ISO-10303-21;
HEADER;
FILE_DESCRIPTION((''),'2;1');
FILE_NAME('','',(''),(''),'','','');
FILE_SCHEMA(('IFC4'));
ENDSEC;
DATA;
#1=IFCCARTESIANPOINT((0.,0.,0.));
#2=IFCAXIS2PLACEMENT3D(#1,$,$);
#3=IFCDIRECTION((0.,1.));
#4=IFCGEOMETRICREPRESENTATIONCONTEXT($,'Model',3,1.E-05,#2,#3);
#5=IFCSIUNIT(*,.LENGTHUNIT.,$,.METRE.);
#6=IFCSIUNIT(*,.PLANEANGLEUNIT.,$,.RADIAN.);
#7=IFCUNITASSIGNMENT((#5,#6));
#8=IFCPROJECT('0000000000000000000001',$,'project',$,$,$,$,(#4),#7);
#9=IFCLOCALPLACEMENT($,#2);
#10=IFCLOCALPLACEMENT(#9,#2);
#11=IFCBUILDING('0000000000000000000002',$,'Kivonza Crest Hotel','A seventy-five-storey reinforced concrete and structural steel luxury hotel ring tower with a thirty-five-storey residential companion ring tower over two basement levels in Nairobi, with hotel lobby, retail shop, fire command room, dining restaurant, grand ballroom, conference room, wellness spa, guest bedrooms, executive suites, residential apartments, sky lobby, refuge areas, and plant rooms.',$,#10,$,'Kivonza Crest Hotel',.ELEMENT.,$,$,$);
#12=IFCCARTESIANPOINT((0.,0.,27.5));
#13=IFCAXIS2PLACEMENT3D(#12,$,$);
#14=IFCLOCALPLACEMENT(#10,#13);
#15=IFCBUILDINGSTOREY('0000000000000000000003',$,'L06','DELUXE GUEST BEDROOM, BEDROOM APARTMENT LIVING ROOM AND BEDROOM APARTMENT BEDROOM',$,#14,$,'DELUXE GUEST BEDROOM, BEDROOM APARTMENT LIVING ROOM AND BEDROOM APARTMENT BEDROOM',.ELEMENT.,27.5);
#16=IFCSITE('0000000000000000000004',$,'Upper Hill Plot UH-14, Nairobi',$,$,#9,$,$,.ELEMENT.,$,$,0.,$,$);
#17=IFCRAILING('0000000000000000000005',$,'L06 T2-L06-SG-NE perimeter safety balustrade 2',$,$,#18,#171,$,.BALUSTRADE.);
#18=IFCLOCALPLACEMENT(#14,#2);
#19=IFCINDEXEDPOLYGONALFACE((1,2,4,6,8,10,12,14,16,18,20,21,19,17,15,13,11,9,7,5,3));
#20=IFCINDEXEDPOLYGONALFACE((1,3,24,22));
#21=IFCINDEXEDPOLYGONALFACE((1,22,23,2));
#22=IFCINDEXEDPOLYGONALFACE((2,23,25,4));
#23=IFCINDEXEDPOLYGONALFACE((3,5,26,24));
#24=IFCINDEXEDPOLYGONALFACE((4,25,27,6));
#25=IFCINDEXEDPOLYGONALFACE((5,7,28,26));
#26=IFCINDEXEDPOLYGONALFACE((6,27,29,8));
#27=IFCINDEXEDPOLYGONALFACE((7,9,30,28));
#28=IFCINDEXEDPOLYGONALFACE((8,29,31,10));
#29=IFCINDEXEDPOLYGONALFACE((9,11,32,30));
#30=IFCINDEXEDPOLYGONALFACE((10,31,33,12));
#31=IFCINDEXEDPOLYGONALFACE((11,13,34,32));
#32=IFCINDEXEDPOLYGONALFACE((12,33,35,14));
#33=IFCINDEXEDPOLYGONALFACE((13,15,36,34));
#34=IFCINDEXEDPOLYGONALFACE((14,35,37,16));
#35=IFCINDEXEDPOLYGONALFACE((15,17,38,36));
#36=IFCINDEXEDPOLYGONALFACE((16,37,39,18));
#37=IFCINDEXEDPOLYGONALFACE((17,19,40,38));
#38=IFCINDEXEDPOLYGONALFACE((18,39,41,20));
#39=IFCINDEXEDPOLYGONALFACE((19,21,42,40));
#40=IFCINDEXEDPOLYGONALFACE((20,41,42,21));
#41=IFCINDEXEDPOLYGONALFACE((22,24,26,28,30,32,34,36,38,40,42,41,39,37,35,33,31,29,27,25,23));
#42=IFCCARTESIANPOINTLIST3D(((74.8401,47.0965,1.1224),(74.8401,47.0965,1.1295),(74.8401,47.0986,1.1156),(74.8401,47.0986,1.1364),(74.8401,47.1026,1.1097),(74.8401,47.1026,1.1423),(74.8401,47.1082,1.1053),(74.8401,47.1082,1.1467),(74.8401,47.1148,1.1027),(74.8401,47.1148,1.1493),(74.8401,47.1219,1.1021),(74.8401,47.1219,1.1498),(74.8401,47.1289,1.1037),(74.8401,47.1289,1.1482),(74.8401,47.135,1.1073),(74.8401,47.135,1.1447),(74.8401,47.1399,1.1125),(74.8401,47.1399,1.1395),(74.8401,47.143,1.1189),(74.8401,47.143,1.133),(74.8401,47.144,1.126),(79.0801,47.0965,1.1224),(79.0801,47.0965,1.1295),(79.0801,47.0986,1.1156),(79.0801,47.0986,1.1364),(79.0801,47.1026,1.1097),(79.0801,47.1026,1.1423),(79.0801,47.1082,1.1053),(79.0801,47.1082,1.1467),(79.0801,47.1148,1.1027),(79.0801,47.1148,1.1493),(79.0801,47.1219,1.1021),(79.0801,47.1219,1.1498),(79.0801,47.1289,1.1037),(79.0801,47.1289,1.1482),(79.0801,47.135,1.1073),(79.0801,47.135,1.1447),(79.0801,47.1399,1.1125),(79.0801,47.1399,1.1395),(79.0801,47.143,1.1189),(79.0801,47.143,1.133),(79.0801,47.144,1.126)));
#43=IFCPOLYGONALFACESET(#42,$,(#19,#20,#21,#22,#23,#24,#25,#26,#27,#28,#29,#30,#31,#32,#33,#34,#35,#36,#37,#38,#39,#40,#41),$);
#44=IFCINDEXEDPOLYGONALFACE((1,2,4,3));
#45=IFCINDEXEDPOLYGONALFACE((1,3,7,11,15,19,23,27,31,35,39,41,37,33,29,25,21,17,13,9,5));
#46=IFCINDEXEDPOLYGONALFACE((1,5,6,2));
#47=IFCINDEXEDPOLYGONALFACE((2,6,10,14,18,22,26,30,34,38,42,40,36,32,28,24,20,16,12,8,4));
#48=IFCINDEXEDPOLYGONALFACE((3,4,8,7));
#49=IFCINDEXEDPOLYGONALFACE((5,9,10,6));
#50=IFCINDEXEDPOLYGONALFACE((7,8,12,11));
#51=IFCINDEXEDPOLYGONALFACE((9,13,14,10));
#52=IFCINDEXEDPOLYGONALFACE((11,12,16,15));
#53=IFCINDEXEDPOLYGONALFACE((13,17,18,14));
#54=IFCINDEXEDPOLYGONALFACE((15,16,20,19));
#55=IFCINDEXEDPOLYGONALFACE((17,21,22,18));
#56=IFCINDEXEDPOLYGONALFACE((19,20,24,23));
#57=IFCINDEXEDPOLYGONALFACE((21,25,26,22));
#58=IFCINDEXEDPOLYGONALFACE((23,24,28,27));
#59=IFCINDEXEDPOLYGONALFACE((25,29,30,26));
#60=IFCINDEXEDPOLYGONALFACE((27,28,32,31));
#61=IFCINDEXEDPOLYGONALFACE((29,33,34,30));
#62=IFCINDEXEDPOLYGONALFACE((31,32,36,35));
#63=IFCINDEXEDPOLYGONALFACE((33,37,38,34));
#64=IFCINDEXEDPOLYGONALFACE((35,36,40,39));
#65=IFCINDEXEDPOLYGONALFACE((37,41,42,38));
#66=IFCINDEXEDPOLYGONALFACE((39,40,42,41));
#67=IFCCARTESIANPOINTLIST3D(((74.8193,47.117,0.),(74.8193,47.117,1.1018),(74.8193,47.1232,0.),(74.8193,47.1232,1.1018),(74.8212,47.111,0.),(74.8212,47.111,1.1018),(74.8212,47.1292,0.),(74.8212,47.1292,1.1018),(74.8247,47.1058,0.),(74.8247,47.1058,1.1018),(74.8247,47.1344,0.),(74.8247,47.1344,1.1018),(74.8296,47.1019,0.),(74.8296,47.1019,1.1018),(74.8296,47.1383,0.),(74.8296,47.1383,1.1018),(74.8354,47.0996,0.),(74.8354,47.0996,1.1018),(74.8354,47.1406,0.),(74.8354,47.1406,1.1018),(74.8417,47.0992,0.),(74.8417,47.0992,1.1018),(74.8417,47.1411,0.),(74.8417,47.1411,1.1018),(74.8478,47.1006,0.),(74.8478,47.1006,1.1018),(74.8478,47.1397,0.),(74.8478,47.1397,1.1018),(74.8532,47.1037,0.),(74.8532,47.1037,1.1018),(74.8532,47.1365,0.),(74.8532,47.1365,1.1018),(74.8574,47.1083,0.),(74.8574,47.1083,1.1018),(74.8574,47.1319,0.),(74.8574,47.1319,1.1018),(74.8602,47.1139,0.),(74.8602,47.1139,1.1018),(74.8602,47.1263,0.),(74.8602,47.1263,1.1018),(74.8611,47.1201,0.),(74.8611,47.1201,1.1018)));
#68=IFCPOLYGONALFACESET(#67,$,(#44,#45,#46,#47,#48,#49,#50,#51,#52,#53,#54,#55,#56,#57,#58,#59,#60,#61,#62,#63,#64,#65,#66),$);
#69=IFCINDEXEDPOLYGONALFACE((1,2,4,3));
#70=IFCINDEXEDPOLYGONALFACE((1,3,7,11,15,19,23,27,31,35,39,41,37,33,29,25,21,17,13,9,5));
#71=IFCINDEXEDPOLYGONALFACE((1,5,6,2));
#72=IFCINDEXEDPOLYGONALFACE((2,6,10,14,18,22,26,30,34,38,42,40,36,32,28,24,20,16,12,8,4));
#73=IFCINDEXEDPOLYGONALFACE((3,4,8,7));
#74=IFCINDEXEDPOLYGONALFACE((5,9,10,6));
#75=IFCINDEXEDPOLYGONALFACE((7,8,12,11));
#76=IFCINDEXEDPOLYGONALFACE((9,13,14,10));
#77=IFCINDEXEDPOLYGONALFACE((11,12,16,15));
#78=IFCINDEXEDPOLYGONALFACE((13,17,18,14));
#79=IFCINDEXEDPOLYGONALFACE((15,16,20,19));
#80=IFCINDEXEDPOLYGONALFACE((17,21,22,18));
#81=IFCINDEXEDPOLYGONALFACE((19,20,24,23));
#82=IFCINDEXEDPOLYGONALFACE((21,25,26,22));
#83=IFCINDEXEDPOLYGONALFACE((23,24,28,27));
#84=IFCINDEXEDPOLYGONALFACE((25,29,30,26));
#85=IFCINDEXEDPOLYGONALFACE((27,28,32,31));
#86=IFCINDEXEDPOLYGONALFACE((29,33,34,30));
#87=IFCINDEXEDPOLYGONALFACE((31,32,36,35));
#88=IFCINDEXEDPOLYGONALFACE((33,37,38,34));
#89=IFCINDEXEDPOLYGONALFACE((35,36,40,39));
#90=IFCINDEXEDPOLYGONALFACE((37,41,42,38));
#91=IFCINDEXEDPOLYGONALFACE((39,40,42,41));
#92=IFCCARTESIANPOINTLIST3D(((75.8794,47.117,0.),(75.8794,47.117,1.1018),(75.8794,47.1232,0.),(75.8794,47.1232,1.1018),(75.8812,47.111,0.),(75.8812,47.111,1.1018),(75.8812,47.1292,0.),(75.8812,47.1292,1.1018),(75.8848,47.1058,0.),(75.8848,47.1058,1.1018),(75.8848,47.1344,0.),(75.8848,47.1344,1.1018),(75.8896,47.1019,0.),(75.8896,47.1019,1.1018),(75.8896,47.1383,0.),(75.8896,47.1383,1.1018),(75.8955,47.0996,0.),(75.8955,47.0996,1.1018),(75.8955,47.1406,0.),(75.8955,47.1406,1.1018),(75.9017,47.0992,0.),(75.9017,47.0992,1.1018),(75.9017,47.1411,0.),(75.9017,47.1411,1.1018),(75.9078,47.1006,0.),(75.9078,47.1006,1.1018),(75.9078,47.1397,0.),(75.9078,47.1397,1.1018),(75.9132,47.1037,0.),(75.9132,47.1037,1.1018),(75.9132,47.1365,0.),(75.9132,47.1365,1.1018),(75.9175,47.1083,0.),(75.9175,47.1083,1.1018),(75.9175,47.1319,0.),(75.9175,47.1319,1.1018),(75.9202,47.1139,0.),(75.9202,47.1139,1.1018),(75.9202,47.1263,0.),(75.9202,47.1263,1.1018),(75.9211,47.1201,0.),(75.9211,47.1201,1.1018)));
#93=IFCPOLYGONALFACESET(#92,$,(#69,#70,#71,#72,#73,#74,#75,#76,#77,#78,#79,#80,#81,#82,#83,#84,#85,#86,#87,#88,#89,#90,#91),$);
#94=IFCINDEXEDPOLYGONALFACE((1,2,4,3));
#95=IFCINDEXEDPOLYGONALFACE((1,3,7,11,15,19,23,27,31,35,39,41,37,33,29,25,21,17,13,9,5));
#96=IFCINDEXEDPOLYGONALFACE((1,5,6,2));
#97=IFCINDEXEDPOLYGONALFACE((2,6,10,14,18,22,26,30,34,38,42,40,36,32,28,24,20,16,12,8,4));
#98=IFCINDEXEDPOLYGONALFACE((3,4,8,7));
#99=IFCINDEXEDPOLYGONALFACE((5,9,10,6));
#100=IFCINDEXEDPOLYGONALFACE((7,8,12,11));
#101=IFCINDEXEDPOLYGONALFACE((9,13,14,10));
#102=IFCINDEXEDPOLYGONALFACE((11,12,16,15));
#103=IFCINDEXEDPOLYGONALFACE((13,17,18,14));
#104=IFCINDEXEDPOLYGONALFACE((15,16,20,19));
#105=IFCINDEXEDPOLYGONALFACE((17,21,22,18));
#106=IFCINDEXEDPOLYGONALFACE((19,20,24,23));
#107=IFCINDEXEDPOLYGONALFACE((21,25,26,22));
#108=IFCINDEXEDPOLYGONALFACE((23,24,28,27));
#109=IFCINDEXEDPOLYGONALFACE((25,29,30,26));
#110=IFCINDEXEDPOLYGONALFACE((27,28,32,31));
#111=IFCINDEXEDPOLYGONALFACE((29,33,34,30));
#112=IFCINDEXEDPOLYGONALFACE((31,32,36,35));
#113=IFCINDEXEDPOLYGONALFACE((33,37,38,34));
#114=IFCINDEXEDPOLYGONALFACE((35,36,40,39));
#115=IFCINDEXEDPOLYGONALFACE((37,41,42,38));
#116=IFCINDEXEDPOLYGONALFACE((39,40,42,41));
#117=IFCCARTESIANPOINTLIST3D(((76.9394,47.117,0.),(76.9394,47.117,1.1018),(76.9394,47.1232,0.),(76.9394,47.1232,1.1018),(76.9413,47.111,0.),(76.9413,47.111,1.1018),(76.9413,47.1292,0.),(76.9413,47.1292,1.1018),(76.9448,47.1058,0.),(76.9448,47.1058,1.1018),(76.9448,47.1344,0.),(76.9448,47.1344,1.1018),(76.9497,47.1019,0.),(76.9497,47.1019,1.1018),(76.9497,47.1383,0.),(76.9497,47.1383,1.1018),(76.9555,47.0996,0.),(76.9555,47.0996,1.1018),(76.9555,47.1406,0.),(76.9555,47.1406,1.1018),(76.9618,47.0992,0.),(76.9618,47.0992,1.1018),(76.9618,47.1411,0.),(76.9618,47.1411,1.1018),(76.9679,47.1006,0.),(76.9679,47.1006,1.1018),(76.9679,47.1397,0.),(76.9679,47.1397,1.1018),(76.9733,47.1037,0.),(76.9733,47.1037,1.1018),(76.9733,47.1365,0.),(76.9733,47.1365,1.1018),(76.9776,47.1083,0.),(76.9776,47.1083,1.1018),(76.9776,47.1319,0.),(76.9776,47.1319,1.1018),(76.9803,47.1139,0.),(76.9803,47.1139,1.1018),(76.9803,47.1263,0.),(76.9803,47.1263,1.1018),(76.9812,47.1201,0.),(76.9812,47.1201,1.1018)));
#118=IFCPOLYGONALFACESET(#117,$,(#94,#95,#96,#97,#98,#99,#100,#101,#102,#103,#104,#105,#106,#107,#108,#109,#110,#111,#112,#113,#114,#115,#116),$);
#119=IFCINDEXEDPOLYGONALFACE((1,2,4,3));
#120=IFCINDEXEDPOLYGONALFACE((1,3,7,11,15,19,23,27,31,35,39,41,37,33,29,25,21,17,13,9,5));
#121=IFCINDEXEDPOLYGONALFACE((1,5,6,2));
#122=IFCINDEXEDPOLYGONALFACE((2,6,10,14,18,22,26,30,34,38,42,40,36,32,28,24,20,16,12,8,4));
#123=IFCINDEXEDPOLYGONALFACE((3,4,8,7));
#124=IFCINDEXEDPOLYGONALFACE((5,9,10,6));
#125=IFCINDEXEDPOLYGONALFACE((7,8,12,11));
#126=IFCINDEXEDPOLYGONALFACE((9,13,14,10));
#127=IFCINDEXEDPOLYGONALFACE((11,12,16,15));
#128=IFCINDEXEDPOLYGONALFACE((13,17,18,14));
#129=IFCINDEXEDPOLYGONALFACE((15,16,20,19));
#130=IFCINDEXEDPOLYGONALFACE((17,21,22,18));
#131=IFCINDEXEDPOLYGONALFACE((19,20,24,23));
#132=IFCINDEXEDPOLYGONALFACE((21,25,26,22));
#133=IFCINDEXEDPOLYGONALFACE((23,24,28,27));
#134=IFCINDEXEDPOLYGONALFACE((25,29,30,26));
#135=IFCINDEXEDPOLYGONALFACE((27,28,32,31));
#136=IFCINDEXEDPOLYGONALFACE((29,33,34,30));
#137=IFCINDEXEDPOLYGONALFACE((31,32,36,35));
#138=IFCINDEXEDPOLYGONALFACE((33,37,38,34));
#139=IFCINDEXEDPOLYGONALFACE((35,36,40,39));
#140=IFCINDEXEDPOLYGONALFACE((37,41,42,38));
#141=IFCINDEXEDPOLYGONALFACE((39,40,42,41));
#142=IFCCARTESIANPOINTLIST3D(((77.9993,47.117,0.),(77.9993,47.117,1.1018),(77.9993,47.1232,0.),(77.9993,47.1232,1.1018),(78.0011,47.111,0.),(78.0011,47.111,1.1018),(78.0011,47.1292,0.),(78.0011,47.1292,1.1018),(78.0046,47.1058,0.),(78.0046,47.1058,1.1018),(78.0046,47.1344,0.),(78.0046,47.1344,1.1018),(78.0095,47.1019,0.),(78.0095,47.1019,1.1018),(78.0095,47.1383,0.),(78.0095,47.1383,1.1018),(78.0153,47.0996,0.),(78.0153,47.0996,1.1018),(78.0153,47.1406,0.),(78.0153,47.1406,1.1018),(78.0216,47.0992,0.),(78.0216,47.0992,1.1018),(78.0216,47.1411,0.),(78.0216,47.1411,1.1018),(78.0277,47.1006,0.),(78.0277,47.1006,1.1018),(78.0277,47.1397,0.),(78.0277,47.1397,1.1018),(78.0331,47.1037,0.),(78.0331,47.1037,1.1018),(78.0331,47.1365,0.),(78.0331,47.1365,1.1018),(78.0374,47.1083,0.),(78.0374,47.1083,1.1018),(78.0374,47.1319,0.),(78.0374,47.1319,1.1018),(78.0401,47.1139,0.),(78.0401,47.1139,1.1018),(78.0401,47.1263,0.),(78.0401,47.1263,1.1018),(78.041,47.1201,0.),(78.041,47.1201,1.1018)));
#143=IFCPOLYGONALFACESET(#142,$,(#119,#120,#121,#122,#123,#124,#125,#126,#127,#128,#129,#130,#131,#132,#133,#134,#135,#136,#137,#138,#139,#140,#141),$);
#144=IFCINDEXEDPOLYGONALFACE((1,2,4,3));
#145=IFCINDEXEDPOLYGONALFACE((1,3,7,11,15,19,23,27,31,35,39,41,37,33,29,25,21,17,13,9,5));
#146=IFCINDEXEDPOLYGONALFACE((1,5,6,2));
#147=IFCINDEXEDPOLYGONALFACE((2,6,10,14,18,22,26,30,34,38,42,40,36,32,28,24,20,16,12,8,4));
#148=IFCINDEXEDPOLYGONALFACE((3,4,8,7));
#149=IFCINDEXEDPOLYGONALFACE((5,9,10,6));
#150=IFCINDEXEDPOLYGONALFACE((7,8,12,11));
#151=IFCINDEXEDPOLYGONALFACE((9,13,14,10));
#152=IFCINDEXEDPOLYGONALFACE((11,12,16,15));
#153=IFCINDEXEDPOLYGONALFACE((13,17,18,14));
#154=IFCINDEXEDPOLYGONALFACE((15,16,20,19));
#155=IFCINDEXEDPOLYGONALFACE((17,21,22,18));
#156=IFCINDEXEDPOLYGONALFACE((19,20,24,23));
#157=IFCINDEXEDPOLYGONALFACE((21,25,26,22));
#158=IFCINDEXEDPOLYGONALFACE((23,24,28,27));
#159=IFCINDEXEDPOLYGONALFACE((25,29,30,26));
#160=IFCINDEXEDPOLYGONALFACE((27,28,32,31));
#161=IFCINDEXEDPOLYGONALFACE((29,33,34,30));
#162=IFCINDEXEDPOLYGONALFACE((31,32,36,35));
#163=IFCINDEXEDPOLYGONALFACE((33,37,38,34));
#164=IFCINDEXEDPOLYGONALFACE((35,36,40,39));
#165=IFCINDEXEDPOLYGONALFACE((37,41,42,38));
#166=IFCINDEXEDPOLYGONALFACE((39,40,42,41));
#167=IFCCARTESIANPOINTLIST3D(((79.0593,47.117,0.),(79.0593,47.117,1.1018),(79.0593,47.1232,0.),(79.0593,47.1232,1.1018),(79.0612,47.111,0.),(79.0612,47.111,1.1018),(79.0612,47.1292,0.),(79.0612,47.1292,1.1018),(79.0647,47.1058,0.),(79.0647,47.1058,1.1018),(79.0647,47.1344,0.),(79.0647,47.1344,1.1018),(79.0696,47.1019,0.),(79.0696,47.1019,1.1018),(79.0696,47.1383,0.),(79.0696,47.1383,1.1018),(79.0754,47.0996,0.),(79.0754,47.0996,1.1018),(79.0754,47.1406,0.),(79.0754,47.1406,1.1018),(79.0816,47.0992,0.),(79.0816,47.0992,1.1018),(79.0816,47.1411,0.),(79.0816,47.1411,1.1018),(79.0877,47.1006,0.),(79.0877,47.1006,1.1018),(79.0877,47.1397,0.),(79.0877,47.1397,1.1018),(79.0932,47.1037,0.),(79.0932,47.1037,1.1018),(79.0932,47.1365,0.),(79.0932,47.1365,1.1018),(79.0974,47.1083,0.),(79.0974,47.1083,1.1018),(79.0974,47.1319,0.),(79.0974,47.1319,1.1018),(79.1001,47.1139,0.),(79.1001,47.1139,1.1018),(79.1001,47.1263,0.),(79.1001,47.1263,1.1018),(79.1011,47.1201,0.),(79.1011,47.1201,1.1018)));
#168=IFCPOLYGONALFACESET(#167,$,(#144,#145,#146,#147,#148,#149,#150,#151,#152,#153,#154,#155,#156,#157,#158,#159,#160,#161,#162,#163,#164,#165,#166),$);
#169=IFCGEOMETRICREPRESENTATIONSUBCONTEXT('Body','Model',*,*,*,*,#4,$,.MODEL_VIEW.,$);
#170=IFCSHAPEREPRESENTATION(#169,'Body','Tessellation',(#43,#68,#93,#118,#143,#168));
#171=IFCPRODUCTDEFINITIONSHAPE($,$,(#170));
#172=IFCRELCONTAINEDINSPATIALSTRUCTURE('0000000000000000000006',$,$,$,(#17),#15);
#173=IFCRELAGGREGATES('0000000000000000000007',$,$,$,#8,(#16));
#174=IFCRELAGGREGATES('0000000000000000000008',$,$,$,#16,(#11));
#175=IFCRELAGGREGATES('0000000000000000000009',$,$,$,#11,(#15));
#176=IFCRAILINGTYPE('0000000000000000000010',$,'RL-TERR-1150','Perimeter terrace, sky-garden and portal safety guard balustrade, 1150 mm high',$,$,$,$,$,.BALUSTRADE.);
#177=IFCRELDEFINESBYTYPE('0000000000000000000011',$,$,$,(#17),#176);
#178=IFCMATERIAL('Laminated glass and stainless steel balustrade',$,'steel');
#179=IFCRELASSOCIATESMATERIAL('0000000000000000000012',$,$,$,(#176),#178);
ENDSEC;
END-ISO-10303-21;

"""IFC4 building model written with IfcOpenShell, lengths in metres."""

from ifc_helpers import new_model, si_unit, direction, frame, origin, origin_2d, place, context, subcontext, project, spatial, circle, extrude, material, type_object, element, save


model = new_model("IFC4")

# Units and contexts
model_context = context("Model", 3, precision=1e-05, world=origin(), true_north=direction((0.0, 1.0)))
body_context = subcontext(model_context, "Body", "Model", "MODEL_VIEW")
ifc_project = project(units=[si_unit("LENGTHUNIT", "METRE"), si_unit("PLANEANGLEUNIT", "RADIAN")], contexts=[model_context])

# Site, building, storey
site_placement = place(None, origin())
site = spatial("IfcSite", under=ifc_project, at=site_placement, Name="Upper Hill Plot UH-14, Nairobi", CompositionType="ELEMENT", RefElevation=0.0)
building_placement = place(site_placement, origin())
building = spatial("IfcBuilding", under=site, at=building_placement, Name="Kivonza Crest Hotel", Description="A seventy-five-storey reinforced concrete and structural steel luxury hotel ring tower with a thirty-five-storey residential companion ring tower over two basement levels in Nairobi, with hotel lobby, retail shop, fire command room, dining restaurant, grand ballroom, conference room, wellness spa, guest bedrooms, executive suites, residential apartments, sky lobby, refuge areas, and plant rooms.", LongName="Kivonza Crest Hotel", CompositionType="ELEMENT")
storey_placement = place(building_placement, frame((0.0, 0.0, 27.5)))
storey = spatial("IfcBuildingStorey", under=building, at=storey_placement, Name="L06", Description="DELUXE GUEST BEDROOM, BEDROOM APARTMENT LIVING ROOM AND BEDROOM APARTMENT BEDROOM", LongName="DELUXE GUEST BEDROOM, BEDROOM APARTMENT LIVING ROOM AND BEDROOM APARTMENT BEDROOM", CompositionType="ELEMENT", Elevation=27.5)

# Railing
ifc_material_1 = material(Name="Laminated glass and stainless steel balustrade", Category="steel")
railing_type = type_object("IfcRailingType", Name="RL-TERR-1150", Description="Perimeter terrace, sky-garden and portal safety guard balustrade, 1150 mm high", PredefinedType="BALUSTRADE", material=ifc_material_1)
railing_1_placement = place(storey_placement, frame((74.8401, 47.1201, 0.0)))
element("IfcRailing", 1, at=railing_1_placement, inside=storey, type_object=railing_type, Name="L06 T2-L06-SG-NE perimeter safety balustrade 2", PredefinedType="BALUSTRADE", context=body_context, shape_type="SweptSolid", body=[
    extrude(circle(Radius=0.0239, at=origin_2d()), frame((0.0, 0.0, 1.126), z_axis=(1.0, 0.0, 0.0), x_axis=(0.0, 1.0, 0.0)), (0.0, 0.0, 1.0), 4.24),
    extrude(circle(Radius=0.021, at=origin_2d()), origin(), (0.0, 0.0, 1.0), 1.1018),
    extrude(circle(Radius=0.021, at=origin_2d()), frame((1.0601, 0.0, 0.0)), (0.0, 0.0, 1.0), 1.1018),
    extrude(circle(Radius=0.021, at=origin_2d()), frame((2.1201, 0.0, 0.0)), (0.0, 0.0, 1.0), 1.1018),
    extrude(circle(Radius=0.021, at=origin_2d()), frame((3.1799, 0.0, 0.0)), (0.0, 0.0, 1.0), 1.1018),
    extrude(circle(Radius=0.021, at=origin_2d()), frame((4.24, 0.0, 0.0)), (0.0, 0.0, 1.0), 1.1018),
])

save(model, "model.ifc")
